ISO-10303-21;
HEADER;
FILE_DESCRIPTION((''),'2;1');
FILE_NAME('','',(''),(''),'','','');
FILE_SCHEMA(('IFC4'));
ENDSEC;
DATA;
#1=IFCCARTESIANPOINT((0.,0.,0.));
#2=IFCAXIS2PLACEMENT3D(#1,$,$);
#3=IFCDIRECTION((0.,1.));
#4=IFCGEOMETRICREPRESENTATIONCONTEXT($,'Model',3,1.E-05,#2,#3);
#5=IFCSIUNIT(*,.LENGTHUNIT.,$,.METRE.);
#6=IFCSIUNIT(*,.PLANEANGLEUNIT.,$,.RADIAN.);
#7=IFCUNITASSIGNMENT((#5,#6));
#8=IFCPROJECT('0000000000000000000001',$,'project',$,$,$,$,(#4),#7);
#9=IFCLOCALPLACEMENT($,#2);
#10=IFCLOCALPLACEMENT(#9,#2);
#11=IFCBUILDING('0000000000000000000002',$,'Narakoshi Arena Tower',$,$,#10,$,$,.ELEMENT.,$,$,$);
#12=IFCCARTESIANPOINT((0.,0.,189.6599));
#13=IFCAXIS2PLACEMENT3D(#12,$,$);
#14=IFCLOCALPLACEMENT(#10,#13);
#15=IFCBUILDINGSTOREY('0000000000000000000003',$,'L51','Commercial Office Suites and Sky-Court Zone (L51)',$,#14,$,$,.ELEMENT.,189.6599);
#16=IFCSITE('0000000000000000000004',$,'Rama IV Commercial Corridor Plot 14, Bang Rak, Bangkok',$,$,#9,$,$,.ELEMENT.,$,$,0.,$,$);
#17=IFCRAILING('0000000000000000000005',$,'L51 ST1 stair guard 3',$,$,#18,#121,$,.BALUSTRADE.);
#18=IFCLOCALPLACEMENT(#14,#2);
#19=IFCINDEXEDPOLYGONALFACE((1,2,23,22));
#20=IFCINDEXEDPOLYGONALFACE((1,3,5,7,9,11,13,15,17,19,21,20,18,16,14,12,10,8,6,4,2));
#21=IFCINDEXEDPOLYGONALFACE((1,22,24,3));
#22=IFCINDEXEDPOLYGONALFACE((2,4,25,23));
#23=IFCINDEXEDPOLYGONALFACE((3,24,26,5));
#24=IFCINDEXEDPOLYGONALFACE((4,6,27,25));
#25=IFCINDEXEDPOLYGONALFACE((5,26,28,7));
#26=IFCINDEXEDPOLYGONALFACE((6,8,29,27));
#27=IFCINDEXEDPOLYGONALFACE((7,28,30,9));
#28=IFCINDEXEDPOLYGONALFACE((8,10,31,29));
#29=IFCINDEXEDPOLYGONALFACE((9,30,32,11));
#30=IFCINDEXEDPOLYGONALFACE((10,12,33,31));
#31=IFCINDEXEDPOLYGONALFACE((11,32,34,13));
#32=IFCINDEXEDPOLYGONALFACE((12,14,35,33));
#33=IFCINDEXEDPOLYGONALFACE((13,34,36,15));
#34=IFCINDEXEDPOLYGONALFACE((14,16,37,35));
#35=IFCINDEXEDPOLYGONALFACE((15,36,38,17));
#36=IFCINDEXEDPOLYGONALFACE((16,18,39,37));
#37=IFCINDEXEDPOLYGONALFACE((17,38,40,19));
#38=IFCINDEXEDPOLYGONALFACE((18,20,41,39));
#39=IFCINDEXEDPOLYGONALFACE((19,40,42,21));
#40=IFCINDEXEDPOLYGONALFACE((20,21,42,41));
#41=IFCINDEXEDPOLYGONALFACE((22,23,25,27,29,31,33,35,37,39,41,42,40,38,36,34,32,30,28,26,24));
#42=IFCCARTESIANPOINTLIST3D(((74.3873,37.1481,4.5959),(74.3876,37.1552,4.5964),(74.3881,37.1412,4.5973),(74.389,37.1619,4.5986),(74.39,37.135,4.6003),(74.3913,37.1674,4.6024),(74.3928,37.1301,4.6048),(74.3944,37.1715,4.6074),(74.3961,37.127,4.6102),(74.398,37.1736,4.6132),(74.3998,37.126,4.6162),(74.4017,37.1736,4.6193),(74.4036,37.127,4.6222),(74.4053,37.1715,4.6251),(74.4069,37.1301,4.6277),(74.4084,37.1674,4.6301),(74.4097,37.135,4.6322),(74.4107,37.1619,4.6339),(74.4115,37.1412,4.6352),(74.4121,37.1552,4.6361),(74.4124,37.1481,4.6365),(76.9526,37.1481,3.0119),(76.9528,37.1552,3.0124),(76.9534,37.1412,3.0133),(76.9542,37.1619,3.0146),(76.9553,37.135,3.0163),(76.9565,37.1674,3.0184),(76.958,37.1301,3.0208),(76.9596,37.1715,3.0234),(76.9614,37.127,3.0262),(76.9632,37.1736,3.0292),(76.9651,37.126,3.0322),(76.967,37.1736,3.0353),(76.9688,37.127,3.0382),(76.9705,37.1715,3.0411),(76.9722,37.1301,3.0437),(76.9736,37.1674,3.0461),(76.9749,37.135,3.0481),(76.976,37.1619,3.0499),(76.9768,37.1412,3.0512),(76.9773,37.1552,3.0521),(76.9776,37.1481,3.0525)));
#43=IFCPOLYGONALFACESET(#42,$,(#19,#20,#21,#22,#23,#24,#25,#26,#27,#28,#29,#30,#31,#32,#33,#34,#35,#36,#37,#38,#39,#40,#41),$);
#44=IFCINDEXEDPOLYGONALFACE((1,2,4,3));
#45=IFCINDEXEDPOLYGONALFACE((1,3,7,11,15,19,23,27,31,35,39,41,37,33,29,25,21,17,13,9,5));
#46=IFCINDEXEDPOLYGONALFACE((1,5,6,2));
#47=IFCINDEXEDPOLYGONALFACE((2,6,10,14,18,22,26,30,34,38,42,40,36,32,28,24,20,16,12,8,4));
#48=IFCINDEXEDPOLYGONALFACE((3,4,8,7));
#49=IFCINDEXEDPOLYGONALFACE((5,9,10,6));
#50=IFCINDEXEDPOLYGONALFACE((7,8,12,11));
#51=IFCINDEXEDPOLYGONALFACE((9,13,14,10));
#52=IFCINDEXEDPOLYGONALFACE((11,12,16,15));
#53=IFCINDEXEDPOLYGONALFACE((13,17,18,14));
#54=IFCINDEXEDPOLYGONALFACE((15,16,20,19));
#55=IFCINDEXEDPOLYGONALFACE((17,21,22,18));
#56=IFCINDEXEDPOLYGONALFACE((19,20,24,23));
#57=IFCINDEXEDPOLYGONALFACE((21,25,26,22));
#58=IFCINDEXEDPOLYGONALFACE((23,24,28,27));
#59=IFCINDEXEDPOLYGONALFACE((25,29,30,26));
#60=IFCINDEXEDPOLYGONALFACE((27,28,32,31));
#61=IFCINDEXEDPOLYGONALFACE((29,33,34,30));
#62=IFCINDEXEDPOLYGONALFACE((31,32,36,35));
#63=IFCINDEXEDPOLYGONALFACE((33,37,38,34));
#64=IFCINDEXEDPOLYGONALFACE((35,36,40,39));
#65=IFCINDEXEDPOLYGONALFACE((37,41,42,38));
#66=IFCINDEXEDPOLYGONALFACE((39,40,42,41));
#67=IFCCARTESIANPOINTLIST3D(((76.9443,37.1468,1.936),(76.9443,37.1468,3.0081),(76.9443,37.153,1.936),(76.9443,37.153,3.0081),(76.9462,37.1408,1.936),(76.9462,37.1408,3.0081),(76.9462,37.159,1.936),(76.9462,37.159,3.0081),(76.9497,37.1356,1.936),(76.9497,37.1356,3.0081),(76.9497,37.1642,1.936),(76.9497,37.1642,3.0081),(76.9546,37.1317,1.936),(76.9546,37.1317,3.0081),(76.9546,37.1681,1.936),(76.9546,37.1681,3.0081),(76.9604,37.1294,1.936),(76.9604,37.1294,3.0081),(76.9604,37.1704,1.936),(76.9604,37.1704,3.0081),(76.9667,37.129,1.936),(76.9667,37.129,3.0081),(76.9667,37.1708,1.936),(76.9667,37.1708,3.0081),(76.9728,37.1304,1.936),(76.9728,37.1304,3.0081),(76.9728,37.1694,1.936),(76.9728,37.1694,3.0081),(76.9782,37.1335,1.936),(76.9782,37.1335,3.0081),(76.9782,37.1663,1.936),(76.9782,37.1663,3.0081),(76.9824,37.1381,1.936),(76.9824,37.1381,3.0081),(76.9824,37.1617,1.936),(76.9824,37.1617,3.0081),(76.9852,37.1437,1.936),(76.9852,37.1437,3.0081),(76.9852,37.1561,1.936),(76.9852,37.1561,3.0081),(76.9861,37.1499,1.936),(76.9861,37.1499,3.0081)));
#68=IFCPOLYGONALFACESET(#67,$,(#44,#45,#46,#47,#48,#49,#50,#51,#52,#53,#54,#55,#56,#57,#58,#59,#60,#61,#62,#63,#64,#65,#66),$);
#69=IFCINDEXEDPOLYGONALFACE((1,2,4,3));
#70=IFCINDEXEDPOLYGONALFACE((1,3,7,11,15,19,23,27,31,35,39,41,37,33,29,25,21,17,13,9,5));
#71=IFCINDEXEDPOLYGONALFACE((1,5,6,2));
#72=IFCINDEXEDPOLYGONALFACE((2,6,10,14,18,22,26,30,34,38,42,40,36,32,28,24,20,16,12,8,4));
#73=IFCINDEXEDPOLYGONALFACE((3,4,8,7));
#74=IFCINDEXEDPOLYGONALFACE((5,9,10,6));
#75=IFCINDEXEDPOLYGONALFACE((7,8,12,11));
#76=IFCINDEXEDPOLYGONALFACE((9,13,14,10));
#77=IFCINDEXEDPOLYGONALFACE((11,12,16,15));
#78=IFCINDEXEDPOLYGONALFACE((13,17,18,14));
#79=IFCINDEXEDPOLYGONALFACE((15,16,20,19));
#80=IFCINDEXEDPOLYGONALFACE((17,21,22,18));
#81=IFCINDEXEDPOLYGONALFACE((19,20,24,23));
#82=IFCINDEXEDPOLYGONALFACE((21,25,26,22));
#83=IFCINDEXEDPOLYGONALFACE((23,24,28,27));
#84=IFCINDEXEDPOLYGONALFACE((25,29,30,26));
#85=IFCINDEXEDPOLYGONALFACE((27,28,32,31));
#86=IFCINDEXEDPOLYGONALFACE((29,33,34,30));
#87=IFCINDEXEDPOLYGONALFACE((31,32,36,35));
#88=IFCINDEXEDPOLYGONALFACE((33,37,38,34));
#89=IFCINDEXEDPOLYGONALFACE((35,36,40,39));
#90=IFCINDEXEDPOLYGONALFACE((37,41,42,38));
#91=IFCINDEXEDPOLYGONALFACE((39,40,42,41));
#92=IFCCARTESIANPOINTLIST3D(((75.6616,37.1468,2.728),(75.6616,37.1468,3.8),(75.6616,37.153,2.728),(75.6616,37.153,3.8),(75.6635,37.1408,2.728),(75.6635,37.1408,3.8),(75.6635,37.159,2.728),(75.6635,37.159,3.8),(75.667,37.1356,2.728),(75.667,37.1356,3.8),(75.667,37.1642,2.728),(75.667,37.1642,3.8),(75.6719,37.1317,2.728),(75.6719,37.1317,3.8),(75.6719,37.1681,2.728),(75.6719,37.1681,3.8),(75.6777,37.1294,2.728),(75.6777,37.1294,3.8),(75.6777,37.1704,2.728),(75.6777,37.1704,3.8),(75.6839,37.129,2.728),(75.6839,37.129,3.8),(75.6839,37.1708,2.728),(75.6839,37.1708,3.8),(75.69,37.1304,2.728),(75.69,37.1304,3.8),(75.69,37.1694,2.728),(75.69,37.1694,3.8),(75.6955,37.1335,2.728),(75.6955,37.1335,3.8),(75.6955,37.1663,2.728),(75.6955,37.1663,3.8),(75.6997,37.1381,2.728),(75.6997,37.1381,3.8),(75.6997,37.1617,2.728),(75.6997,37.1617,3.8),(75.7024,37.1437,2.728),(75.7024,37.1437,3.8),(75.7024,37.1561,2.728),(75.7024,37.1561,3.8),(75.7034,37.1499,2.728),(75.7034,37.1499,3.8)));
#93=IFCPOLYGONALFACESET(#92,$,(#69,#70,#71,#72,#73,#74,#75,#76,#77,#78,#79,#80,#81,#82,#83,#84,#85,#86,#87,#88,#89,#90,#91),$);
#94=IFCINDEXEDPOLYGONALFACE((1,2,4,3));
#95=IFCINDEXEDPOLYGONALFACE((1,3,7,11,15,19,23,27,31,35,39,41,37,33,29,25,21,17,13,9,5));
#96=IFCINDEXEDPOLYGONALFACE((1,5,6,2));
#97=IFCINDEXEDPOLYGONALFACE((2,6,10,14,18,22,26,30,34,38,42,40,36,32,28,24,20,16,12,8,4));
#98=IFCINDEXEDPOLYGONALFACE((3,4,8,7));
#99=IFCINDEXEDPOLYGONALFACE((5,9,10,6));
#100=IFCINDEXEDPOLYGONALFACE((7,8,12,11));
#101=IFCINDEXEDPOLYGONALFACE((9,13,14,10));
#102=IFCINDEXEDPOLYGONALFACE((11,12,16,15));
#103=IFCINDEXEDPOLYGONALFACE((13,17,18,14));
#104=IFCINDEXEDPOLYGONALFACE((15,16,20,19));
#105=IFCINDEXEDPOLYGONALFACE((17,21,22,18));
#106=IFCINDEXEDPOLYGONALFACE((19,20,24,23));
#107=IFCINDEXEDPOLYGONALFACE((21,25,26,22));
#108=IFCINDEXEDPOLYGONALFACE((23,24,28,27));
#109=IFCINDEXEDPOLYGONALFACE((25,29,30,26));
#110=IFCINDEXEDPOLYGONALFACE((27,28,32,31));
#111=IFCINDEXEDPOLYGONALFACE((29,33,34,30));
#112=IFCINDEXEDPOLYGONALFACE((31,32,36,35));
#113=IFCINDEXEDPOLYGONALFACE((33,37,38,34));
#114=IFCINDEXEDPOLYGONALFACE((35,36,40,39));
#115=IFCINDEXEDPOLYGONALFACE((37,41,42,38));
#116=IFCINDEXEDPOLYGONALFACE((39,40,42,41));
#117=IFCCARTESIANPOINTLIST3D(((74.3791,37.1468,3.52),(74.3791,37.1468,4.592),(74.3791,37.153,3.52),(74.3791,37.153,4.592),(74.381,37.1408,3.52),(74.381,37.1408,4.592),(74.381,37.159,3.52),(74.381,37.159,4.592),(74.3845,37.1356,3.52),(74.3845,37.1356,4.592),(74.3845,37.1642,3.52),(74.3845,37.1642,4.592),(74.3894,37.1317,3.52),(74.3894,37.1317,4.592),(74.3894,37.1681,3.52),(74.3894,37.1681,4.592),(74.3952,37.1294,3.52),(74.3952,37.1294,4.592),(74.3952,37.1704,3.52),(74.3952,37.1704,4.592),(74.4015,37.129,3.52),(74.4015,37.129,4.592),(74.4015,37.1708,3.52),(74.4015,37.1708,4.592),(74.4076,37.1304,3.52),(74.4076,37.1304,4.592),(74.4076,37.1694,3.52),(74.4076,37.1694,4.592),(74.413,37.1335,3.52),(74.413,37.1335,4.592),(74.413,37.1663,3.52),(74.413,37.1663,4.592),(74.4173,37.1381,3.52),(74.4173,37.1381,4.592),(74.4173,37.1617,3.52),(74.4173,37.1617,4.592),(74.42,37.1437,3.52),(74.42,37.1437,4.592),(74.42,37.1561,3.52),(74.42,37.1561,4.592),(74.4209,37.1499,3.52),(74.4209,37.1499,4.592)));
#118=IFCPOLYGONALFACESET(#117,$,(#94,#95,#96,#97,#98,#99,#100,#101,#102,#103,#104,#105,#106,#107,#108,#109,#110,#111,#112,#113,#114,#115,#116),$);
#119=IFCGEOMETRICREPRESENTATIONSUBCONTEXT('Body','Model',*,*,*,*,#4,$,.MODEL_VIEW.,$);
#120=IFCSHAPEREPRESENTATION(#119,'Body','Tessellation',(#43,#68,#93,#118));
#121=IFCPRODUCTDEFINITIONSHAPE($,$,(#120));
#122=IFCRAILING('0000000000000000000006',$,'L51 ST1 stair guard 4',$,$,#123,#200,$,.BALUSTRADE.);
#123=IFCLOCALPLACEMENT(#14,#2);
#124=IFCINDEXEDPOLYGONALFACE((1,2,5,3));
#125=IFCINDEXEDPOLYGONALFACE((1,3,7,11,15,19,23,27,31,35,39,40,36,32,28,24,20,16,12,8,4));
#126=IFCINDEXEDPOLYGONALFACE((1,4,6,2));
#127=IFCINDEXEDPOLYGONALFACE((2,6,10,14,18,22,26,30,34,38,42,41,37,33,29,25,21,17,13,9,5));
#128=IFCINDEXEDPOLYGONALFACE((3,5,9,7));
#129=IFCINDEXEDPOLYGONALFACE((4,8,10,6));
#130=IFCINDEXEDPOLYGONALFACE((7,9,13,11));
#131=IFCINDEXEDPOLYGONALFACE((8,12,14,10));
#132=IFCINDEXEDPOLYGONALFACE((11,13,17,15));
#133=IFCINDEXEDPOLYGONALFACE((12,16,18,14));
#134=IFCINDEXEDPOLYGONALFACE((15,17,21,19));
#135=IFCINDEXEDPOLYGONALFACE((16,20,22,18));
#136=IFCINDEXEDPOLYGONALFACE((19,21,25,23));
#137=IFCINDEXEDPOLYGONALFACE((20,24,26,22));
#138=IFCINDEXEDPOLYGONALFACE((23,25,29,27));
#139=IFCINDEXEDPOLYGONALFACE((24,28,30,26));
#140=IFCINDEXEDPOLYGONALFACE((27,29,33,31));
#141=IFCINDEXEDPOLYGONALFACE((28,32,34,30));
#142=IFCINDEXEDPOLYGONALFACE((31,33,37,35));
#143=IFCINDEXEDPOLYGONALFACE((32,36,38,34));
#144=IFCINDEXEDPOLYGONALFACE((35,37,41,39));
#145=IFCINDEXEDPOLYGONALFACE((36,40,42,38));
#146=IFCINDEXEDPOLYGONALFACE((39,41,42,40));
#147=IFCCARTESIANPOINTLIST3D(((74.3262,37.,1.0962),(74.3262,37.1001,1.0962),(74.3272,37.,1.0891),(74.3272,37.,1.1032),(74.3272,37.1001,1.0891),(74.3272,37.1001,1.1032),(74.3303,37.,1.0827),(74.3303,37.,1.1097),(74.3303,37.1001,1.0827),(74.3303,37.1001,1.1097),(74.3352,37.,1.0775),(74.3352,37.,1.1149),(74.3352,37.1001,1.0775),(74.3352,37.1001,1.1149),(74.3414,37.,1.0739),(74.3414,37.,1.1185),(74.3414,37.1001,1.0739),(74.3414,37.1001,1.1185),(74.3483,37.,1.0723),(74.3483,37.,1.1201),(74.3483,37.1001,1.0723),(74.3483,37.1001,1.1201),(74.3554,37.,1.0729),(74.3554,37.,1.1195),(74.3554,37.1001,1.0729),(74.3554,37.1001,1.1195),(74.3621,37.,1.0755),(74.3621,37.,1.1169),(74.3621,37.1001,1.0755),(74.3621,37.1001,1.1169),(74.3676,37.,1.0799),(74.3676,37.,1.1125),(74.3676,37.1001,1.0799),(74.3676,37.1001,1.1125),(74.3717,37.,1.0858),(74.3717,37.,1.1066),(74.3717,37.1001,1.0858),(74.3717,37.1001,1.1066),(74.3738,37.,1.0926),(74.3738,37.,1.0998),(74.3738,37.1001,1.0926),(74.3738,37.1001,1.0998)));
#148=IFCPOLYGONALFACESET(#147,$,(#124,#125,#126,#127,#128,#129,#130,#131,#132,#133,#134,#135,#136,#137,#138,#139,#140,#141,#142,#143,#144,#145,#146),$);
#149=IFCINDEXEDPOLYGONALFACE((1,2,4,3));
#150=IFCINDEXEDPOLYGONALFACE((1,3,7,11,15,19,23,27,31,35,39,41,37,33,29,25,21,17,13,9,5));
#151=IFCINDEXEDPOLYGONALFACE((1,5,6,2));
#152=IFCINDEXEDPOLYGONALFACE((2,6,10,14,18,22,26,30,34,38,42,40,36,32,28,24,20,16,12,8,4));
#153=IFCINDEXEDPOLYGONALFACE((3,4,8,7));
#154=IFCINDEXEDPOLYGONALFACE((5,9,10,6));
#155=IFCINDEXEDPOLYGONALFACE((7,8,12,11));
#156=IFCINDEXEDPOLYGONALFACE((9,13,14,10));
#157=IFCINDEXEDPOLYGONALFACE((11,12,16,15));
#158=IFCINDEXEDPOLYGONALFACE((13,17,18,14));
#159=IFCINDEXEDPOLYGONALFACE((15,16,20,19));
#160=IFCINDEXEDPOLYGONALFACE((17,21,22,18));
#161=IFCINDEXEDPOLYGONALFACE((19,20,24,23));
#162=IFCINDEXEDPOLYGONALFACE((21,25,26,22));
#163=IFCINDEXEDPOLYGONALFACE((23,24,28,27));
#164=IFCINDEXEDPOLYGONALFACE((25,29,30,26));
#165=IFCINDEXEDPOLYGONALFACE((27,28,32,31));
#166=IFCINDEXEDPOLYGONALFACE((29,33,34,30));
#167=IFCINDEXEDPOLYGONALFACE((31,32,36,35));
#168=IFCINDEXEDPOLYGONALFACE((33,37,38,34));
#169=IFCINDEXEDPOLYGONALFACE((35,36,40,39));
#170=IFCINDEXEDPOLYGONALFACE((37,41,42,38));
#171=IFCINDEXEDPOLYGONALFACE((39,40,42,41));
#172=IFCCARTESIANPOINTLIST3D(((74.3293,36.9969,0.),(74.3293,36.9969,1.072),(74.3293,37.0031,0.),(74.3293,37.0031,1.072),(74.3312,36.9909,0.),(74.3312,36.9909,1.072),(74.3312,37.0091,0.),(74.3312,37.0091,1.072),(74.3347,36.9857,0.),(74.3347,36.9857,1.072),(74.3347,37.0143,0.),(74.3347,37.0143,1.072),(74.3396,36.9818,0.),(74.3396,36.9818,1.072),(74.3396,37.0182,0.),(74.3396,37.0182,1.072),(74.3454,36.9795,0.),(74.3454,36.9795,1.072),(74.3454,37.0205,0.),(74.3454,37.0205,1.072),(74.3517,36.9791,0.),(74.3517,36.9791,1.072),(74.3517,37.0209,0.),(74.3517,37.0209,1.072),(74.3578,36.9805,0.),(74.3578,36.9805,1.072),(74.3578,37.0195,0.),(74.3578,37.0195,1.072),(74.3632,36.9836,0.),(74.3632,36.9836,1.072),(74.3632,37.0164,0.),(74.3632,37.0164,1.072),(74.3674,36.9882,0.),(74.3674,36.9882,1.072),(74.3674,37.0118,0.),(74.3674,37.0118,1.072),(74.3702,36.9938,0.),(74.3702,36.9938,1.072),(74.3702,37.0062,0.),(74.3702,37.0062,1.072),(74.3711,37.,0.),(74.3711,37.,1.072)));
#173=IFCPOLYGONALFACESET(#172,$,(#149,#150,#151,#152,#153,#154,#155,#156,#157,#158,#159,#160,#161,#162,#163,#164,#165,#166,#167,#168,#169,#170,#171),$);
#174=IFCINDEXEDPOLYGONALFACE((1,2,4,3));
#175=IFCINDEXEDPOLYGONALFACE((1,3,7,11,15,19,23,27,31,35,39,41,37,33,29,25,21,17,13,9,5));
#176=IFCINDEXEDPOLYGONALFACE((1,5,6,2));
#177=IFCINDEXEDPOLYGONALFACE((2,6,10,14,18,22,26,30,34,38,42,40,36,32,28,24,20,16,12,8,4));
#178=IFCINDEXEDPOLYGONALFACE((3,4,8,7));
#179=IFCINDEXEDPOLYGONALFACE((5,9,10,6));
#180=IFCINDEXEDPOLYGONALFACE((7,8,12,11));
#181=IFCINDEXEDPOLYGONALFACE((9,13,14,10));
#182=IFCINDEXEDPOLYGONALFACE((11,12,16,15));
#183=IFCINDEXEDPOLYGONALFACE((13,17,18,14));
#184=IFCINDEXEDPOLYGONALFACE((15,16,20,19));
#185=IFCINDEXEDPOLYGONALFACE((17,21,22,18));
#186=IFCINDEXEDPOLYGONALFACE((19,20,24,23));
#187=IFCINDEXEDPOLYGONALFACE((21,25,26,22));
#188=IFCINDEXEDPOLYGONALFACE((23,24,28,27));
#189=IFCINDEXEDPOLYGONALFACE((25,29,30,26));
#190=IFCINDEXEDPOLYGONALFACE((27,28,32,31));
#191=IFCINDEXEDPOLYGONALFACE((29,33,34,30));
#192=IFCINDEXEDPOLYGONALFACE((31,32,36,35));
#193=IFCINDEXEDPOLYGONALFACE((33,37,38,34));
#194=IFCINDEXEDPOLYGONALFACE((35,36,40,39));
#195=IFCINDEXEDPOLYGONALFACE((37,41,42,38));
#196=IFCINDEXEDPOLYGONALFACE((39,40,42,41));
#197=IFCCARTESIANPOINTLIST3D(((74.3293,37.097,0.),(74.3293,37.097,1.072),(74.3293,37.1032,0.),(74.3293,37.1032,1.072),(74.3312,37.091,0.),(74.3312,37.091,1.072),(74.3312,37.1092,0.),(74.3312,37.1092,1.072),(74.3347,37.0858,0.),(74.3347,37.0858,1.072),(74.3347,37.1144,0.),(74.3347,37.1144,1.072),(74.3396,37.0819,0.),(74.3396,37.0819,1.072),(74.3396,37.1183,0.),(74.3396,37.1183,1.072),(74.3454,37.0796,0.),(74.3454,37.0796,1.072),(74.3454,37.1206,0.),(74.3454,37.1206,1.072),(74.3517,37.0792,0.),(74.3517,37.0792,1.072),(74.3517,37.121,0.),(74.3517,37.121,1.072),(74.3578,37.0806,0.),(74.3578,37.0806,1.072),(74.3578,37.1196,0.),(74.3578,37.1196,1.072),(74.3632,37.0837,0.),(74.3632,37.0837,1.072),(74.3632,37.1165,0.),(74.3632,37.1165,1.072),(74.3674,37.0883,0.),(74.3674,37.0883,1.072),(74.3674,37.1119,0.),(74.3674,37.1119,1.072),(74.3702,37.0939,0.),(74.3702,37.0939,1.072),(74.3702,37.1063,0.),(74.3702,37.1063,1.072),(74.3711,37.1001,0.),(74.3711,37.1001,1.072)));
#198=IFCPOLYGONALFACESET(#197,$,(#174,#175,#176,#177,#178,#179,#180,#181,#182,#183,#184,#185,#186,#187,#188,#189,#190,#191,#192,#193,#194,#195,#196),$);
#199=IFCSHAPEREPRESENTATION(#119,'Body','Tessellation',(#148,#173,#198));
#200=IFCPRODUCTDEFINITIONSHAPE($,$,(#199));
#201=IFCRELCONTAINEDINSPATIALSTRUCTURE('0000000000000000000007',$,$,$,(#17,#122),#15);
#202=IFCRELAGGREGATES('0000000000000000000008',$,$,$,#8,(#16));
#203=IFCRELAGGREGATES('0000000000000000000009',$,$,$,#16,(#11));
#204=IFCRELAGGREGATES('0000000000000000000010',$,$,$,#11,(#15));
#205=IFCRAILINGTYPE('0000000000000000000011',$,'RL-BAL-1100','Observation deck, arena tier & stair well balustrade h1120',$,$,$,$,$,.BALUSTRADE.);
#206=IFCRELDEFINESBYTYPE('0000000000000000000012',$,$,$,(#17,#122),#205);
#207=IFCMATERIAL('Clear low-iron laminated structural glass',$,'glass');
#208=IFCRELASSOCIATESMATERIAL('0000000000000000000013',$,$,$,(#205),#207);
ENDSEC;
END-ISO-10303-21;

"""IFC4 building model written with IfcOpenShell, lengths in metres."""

from ifc_helpers import new_model, si_unit, direction, frame, origin, origin_2d, place, context, subcontext, project, spatial, circle, extrude, material, type_object, element, save


model = new_model("IFC4")

# Units and contexts
model_context = context("Model", 3, precision=1e-05, world=origin(), true_north=direction((0.0, 1.0)))
body_context = subcontext(model_context, "Body", "Model", "MODEL_VIEW")
ifc_project = project(units=[si_unit("LENGTHUNIT", "METRE"), si_unit("PLANEANGLEUNIT", "RADIAN")], contexts=[model_context])

# Site, building, storey
site_placement = place(None, origin())
site = spatial("IfcSite", under=ifc_project, at=site_placement, Name="Rama IV Commercial Corridor Plot 14, Bang Rak, Bangkok", CompositionType="ELEMENT", RefElevation=0.0)
building_placement = place(site_placement, origin())
building = spatial("IfcBuilding", under=site, at=building_placement, Name="Narakoshi Arena Tower", CompositionType="ELEMENT")
storey_placement = place(building_placement, frame((0.0, 0.0, 189.6599)))
storey = spatial("IfcBuildingStorey", under=building, at=storey_placement, Name="L51", Description="Commercial Office Suites and Sky-Court Zone (L51)", CompositionType="ELEMENT", Elevation=189.6599)

# Railings
ifc_material_1 = material(Name="Clear low-iron laminated structural glass", Category="glass")
railing_type_1 = type_object("IfcRailingType", Name="RL-BAL-1100", Description="Observation deck, arena tier & stair well balustrade h1120", PredefinedType="BALUSTRADE", material=ifc_material_1)
railing_1_placement = place(storey_placement, frame((76.9651, 37.1499, 1.936)))
element("IfcRailing", 1, at=railing_1_placement, inside=storey, type_object=railing_type_1, Name="L51 ST1 stair guard 3", PredefinedType="BALUSTRADE", context=body_context, shape_type="SweptSolid", body=[
    extrude(circle(Radius=0.0239, at=origin_2d()), frame((0.0, 0.0, 1.0962), z_axis=(-0.850857, 0.0, 0.525398), x_axis=(0.0, -1.0, 0.0)), (0.0, 0.0, 1.0), 3.0149),
    extrude(circle(Radius=0.021, at=origin_2d()), origin(), (0.0, 0.0, 1.0), 1.072),
    extrude(circle(Radius=0.021, at=origin_2d()), frame((-1.2827, 0.0, 0.792)), (0.0, 0.0, 1.0), 1.072),
    extrude(circle(Radius=0.021, at=origin_2d()), frame((-2.5652, 0.0, 1.584)), (0.0, 0.0, 1.0), 1.072),
])
railing_2_placement = place(storey_placement, frame((74.3501, 37.0, 0.0)))
element("IfcRailing", 2, at=railing_2_placement, inside=storey, type_object=railing_type_1, Name="L51 ST1 stair guard 4", PredefinedType="BALUSTRADE", context=body_context, shape_type="SweptSolid", body=[
    extrude(circle(Radius=0.0239, at=origin_2d()), frame((0.0, 0.0, 1.0962), z_axis=(0.0, 1.0, 0.0), x_axis=(-1.0, 0.0, 0.0)), (0.0, 0.0, 1.0), 0.1001),
    extrude(circle(Radius=0.021, at=origin_2d()), origin(), (0.0, 0.0, 1.0), 1.072),
    extrude(circle(Radius=0.021, at=origin_2d()), frame((0.0, 0.1001, 0.0)), (0.0, 0.0, 1.0), 1.072),
])

save(model, "model.ifc")
